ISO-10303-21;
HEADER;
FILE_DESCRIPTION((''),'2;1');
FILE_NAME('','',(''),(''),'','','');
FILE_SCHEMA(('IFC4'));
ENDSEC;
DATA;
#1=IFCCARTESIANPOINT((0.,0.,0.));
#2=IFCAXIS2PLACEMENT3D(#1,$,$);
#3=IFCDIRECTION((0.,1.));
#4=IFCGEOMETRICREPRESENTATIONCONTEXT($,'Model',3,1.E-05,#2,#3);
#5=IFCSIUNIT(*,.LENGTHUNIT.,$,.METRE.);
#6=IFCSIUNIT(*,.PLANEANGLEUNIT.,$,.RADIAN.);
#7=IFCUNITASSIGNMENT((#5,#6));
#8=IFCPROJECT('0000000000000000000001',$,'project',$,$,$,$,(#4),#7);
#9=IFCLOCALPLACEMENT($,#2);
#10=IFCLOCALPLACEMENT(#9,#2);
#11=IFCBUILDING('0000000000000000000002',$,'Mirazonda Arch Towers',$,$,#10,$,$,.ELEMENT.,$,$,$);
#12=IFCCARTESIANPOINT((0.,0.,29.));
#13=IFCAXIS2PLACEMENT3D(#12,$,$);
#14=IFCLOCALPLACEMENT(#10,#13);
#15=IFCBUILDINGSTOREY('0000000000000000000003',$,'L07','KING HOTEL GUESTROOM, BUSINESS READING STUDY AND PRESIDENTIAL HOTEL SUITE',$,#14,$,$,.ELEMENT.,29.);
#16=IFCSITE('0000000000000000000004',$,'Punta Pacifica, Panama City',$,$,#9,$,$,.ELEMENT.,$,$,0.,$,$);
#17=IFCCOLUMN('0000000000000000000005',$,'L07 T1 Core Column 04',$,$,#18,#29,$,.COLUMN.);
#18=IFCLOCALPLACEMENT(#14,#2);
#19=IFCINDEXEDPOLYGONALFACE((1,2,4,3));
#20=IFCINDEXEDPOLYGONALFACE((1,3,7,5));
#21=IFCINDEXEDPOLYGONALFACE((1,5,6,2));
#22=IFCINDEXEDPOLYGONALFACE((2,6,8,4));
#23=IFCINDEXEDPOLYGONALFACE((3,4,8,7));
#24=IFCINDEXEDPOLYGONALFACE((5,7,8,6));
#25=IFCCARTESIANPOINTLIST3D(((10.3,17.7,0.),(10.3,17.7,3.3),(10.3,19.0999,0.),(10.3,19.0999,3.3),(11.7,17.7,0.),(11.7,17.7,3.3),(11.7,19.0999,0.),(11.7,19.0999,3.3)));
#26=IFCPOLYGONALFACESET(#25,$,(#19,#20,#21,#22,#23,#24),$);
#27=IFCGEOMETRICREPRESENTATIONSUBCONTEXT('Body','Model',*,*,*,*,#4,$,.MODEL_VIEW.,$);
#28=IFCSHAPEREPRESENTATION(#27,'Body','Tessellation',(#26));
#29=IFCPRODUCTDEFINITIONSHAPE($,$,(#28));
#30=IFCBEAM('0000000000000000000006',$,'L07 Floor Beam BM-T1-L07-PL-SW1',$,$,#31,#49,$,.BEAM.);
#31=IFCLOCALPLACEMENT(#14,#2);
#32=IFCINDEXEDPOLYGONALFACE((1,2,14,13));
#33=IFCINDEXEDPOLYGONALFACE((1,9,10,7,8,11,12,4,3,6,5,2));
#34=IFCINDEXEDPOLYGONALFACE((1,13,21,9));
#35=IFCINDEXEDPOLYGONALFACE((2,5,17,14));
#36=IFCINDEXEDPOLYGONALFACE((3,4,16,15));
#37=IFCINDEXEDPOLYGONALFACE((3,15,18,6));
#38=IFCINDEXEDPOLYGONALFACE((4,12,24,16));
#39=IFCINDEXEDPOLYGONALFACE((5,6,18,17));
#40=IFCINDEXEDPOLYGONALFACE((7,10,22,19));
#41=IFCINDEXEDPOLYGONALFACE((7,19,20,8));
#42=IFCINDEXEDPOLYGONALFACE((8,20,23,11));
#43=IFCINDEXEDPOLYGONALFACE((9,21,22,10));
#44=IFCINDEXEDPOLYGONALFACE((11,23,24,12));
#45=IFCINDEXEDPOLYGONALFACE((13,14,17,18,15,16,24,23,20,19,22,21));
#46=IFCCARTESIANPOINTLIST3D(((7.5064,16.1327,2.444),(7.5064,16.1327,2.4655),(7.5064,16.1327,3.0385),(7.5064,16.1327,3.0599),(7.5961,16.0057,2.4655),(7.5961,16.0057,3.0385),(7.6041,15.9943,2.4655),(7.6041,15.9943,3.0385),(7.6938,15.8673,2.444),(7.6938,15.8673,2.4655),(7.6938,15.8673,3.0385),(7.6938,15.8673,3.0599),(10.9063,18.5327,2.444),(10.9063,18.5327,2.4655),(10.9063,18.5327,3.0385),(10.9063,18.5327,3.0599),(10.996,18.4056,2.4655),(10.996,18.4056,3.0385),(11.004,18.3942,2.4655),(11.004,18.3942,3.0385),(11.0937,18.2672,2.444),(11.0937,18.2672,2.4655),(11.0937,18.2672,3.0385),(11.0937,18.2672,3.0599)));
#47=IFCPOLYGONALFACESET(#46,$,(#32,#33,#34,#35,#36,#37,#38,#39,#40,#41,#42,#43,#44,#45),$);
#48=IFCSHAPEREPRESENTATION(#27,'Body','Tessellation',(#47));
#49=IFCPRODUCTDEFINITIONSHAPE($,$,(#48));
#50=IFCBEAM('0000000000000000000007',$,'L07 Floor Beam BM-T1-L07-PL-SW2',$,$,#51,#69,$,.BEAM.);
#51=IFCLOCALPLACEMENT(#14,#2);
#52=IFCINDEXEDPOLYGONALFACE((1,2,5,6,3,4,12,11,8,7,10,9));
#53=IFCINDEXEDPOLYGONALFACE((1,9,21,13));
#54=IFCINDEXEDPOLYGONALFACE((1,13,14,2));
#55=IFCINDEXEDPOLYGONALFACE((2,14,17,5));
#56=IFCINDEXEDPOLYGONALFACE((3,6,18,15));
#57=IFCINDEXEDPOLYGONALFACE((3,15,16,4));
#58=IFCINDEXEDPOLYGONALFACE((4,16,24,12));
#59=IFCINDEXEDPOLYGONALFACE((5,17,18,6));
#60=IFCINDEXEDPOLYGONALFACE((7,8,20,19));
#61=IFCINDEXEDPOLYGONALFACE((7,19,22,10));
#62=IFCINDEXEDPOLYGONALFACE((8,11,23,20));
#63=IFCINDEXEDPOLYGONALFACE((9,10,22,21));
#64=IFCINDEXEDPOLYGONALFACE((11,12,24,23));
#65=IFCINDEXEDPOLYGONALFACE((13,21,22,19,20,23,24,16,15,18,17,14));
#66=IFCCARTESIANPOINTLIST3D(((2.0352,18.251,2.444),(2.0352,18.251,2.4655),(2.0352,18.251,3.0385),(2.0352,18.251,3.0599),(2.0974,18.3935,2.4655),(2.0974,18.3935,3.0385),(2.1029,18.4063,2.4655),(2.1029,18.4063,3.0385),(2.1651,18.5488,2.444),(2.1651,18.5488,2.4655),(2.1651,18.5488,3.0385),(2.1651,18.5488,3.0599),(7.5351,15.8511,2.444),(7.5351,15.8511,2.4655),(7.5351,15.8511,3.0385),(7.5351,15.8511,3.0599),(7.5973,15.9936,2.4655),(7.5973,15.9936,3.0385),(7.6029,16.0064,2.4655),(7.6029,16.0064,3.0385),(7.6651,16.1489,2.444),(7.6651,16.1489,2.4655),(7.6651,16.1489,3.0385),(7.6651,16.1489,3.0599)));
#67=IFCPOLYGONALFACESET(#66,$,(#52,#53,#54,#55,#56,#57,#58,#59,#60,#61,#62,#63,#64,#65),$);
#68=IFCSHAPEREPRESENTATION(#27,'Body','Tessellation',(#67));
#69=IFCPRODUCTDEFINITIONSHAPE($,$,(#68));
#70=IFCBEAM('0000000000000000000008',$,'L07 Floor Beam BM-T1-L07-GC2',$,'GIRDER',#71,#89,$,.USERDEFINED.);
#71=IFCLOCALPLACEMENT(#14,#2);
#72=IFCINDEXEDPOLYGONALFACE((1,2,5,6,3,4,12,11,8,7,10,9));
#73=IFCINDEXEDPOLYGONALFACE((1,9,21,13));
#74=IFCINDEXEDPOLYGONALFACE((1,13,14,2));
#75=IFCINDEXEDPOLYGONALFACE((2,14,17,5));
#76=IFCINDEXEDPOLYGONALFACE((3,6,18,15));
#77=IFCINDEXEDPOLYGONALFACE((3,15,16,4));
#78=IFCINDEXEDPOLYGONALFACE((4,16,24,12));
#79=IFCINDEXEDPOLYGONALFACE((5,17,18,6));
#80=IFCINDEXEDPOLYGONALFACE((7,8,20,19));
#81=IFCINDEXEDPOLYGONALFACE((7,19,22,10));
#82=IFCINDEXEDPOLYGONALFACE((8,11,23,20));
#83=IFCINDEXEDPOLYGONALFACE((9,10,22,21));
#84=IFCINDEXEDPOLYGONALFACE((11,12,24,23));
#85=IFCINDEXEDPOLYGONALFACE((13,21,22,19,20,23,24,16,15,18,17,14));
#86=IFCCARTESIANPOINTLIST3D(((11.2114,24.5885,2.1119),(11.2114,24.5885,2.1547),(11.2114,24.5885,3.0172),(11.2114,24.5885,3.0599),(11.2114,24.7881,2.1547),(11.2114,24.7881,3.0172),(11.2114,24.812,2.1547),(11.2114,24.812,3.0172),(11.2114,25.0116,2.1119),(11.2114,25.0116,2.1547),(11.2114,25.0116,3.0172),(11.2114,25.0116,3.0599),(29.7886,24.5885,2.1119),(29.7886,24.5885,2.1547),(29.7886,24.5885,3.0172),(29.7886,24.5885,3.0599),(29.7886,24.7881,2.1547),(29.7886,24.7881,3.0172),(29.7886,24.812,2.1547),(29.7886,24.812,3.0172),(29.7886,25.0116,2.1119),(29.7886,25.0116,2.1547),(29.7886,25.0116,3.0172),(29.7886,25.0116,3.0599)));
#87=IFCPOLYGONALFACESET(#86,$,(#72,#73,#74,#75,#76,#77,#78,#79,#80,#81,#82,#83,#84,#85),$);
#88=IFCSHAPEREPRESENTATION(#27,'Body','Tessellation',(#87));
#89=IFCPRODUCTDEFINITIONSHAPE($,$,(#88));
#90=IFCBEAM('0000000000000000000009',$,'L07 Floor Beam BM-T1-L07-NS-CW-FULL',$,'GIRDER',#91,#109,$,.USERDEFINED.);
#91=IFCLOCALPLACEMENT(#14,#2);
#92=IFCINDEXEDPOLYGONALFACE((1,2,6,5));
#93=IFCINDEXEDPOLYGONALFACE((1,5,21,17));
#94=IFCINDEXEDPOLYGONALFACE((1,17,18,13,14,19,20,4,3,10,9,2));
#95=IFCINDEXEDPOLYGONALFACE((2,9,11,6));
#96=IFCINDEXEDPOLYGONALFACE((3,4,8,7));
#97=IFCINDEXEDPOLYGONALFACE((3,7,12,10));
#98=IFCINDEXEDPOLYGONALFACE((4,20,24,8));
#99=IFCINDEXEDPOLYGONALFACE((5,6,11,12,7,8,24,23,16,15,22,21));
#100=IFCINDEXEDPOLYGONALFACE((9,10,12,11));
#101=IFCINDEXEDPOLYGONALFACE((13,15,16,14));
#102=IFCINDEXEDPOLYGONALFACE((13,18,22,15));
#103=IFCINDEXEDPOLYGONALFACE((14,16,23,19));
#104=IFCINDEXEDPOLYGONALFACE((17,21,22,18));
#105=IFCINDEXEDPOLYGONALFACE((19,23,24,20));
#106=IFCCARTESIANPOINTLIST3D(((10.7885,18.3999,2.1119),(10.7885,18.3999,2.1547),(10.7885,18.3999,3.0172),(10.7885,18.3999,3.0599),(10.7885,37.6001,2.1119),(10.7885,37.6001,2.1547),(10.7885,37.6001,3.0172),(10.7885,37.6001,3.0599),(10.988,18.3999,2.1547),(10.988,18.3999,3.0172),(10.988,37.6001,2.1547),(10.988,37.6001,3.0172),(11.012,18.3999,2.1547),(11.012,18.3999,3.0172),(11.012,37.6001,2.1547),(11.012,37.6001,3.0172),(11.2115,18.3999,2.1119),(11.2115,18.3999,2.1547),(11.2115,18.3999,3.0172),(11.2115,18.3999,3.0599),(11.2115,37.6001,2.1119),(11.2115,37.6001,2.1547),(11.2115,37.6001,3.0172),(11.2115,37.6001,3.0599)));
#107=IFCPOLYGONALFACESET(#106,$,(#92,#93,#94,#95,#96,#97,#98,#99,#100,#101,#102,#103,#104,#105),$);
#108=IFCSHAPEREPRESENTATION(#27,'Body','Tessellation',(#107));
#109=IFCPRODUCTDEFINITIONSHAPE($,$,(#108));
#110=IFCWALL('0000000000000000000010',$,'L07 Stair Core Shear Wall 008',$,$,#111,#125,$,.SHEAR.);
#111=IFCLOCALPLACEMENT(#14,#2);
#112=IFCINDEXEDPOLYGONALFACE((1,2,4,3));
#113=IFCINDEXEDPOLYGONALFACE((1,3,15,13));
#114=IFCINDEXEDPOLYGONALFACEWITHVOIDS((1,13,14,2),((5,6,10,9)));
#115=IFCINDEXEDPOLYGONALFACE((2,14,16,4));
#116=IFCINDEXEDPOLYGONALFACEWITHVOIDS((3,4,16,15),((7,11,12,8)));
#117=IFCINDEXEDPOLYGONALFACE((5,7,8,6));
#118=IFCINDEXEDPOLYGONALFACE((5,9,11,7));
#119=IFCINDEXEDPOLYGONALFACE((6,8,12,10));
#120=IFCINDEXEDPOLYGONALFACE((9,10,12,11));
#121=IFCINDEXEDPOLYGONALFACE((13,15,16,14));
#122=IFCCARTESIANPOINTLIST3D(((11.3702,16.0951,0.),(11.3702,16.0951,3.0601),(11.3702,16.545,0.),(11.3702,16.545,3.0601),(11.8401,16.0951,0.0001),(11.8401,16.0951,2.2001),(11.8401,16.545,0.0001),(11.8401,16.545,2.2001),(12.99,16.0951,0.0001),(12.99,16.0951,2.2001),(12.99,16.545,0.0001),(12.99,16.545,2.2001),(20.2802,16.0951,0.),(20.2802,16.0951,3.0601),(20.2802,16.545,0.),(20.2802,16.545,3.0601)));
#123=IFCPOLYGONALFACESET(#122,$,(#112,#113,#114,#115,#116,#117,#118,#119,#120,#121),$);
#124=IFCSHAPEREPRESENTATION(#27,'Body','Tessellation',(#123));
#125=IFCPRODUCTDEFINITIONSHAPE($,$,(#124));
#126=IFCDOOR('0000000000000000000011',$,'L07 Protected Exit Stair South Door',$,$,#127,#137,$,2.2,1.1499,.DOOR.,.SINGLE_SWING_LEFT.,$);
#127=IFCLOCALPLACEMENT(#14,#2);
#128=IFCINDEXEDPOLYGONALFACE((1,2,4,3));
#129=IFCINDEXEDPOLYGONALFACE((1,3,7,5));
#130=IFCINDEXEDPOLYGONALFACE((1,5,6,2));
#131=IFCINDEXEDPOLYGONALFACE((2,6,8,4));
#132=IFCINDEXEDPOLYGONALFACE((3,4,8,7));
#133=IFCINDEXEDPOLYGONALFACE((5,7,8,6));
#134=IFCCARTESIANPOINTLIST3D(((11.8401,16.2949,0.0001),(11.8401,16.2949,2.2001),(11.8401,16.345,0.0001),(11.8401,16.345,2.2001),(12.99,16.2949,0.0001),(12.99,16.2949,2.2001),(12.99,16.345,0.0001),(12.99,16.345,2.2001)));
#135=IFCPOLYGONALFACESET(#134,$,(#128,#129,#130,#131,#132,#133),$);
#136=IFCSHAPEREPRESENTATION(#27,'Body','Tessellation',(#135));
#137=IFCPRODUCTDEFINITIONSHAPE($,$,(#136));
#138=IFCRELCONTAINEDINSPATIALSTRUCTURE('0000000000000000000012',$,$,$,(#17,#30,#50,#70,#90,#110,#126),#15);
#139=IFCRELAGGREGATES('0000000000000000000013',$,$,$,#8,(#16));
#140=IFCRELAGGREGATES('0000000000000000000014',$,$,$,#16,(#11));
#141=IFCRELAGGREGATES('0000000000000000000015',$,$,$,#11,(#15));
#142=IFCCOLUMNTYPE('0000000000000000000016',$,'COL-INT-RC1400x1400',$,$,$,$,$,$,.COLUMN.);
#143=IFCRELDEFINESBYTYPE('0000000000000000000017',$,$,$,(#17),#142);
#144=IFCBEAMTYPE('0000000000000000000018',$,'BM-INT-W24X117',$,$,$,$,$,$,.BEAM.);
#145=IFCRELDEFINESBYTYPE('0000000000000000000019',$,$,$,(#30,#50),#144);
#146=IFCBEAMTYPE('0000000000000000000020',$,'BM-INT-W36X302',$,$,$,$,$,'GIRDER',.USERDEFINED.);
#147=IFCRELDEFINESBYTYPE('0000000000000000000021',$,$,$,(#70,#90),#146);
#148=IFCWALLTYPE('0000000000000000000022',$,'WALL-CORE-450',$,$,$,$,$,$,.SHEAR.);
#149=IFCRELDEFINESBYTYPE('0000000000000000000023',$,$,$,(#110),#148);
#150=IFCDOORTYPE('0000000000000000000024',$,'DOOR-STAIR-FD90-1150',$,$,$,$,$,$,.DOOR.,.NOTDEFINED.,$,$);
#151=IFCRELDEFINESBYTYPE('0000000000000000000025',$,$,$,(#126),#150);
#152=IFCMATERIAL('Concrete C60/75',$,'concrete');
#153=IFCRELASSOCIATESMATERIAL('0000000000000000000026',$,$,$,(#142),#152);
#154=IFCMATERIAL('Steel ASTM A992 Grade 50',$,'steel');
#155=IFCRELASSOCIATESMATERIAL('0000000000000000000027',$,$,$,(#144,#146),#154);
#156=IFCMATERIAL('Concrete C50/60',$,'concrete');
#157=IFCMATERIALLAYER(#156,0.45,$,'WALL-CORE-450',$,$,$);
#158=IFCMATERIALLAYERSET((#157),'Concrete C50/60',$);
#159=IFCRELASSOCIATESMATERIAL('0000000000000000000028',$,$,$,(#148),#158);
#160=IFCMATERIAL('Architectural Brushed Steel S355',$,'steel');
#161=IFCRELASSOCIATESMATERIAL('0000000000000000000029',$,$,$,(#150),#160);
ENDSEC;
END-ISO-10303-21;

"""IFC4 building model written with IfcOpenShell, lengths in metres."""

from ifc_helpers import new_model, si_unit, direction, frame, frame_2d, origin, origin_2d, place, context, subcontext, project, spatial, rectangle, i_section, extrude, material, layer, layer_set, material_profile, profile_set, type_object, element, fill, save


model = new_model("IFC4")

# Units and contexts
model_context = context("Model", 3, precision=1e-05, world=origin(), true_north=direction((0.0, 1.0)))
body_context = subcontext(model_context, "Body", "Model", "MODEL_VIEW")
ifc_project = project(units=[si_unit("LENGTHUNIT", "METRE"), si_unit("PLANEANGLEUNIT", "RADIAN")], contexts=[model_context])

# Site, building, storey
site_placement = place(None, origin())
site = spatial("IfcSite", under=ifc_project, at=site_placement, Name="Punta Pacifica, Panama City", CompositionType="ELEMENT", RefElevation=0.0)
building_placement = place(site_placement, origin())
building = spatial("IfcBuilding", under=site, at=building_placement, Name="Mirazonda Arch Towers", CompositionType="ELEMENT")
storey_placement = place(building_placement, frame((0.0, 0.0, 29.0)))
storey = spatial("IfcBuildingStorey", under=building, at=storey_placement, Name="L07", Description="KING HOTEL GUESTROOM, BUSINESS READING STUDY AND PRESIDENTIAL HOTEL SUITE", CompositionType="ELEMENT", Elevation=29.0)

# Column
ifc_material_1 = material(Name="Concrete C60/75", Category="concrete")
ifc_material_profile_1 = material_profile(ifc_material_1, rectangle(XDim=1.3999, YDim=1.3999, at=origin_2d()), Name="RC1400x1400")
ifc_profile_set_1 = profile_set([ifc_material_profile_1], Name="Concrete C60/75")
column_type = type_object("IfcColumnType", Name="COL-INT-RC1400x1400", PredefinedType="COLUMN", material=ifc_profile_set_1)
column_placement = place(storey_placement, frame((11.0, 18.3999, 0.0), z_axis=(0.0, 0.0, 1.0), x_axis=(1.0, 0.0, 0.0)))
element("IfcColumn", 1, at=column_placement, inside=storey, type_object=column_type, Name="L07 T1 Core Column 04", PredefinedType="COLUMN", context=body_context, shape_type="SweptSolid", body=[
    extrude(rectangle(XDim=1.3999, YDim=1.3999, at=origin_2d()), origin(), (0.0, 0.0, 1.0), 3.3),
])

# Beams
ifc_material_2 = material(Name="Steel ASTM A992 Grade 50", Category="steel")
ifc_material_profile_2 = material_profile(ifc_material_2, i_section(OverallWidth=0.325, OverallDepth=0.616, WebThickness=0.0139, FlangeThickness=0.0215, at=origin_2d()), Name="W24X117")
ifc_profile_set_2 = profile_set([ifc_material_profile_2], Name="Steel ASTM A992 Grade 50")
beam_type_1 = type_object("IfcBeamType", Name="BM-INT-W24X117", PredefinedType="BEAM", material=ifc_profile_set_2)
beam_1_placement = place(storey_placement, frame((7.6001, 16.0, 2.752), z_axis=(0.816971, 0.576679, 0.0), x_axis=(-0.576679, 0.816971, 0.0)))
element("IfcBeam", 2, at=beam_1_placement, inside=storey, type_object=beam_type_1, Name="L07 Floor Beam BM-T1-L07-PL-SW1", PredefinedType="BEAM", context=body_context, shape_type="SweptSolid", body=[
    extrude(i_section(OverallWidth=0.325, OverallDepth=0.616, WebThickness=0.0139, FlangeThickness=0.0215, at=origin_2d()), origin(), (0.0, 0.0, 1.0), 4.1616),
])
beam_2_placement = place(storey_placement, frame((7.6001, 16.0, 2.752), z_axis=(-0.916545, 0.399931, 0.0), x_axis=(-0.399931, -0.916545, 0.0)))
element("IfcBeam", 3, at=beam_2_placement, inside=storey, type_object=beam_type_1, Name="L07 Floor Beam BM-T1-L07-PL-SW2", PredefinedType="BEAM", context=body_context, shape_type="SweptSolid", body=[
    extrude(i_section(OverallWidth=0.325, OverallDepth=0.616, WebThickness=0.0139, FlangeThickness=0.0215, at=origin_2d()), origin(), (0.0, 0.0, 1.0), 6.0007),
])
ifc_material_profile_3 = material_profile(ifc_material_2, i_section(OverallWidth=0.4231, OverallDepth=0.948, WebThickness=0.0239, FlangeThickness=0.0427, at=origin_2d()), Name="W36X302")
ifc_profile_set_3 = profile_set([ifc_material_profile_3], Name="Steel ASTM A992 Grade 50")
beam_type_2 = type_object("IfcBeamType", Name="BM-INT-W36X302", ElementType="GIRDER", PredefinedType="USERDEFINED", material=ifc_profile_set_3)
beam_3_placement = place(storey_placement, frame((11.2114, 24.8, 2.5859), z_axis=(1.0, 0.0, 0.0), x_axis=(0.0, 1.0, 0.0)))
element("IfcBeam", 4, at=beam_3_placement, inside=storey, type_object=beam_type_2, Name="L07 Floor Beam BM-T1-L07-GC2", ObjectType="GIRDER", PredefinedType="USERDEFINED", context=body_context, shape_type="SweptSolid", body=[
    extrude(i_section(OverallWidth=0.4231, OverallDepth=0.948, WebThickness=0.0239, FlangeThickness=0.0427, at=origin_2d()), origin(), (0.0, 0.0, 1.0), 18.5771),
])
beam_4_placement = place(storey_placement, frame((11.0, 18.3999, 2.5859), z_axis=(0.0, 1.0, 0.0), x_axis=(-1.0, 0.0, 0.0)))
element("IfcBeam", 5, at=beam_4_placement, inside=storey, type_object=beam_type_2, Name="L07 Floor Beam BM-T1-L07-NS-CW-FULL", ObjectType="GIRDER", PredefinedType="USERDEFINED", context=body_context, shape_type="SweptSolid", body=[
    extrude(i_section(OverallWidth=0.4231, OverallDepth=0.948, WebThickness=0.0239, FlangeThickness=0.0427, at=origin_2d()), origin(), (0.0, 0.0, 1.0), 19.2002),
])

# Wall, opening, door
ifc_material_3 = material(Name="Concrete C50/60", Category="concrete")
ifc_layer_1 = layer(ifc_material_3, 0.45, Name="WALL-CORE-450")
ifc_layer_set_1 = layer_set([ifc_layer_1], Name="Concrete C50/60")
wall_type_1 = type_object("IfcWallType", Name="WALL-CORE-450", PredefinedType="SHEAR", material=ifc_layer_set_1)
wall_1_placement = place(storey_placement, frame((11.3701, 16.3201, 0.0), z_axis=(0.0, 0.0, 1.0), x_axis=(1.0, 0.0, 0.0)))
wall_1 = element("IfcWall", 6, at=wall_1_placement, inside=storey, type_object=wall_type_1, Name="L07 Stair Core Shear Wall 008", PredefinedType="SHEAR", context=body_context, shape_type="SweptSolid", body=[
    extrude(rectangle(XDim=8.9099, YDim=0.45, at=frame_2d((4.4551, 0.0))), origin(), (0.0, 0.0, 1.0), 3.0601),
])
opening_1_placement = place(wall_1_placement, frame((0.47, 0.0, 0.0)))
opening_1 = element("IfcOpeningElement", 7, at=opening_1_placement, cuts=wall_1, PredefinedType="OPENING", context=body_context, shape_type="SweptSolid", body=[
    extrude(rectangle(XDim=1.1499, YDim=2.2, at=frame_2d((0.575, 1.1001))), frame((0.0, 0.2349, 0.0), z_axis=(0.0, -1.0, 0.0), x_axis=(1.0, 0.0, 0.0)), (0.0, 0.0, 1.0), 0.47),
])
ifc_material_4 = material(Name="Architectural Brushed Steel S355", Category="steel")
door_type_1 = type_object("IfcDoorType", Name="DOOR-STAIR-FD90-1150", OperationType="NOTDEFINED", PredefinedType="DOOR", material=ifc_material_4)
door_1_placement = place(opening_1_placement, origin())
door_1 = element("IfcDoor", 8, at=door_1_placement, inside=storey, type_object=door_type_1, Name="L07 Protected Exit Stair South Door", OperationType="SINGLE_SWING_LEFT", OverallHeight=2.2, OverallWidth=1.1499, PredefinedType="DOOR", context=body_context, shape_type="SweptSolid", body=[
    extrude(rectangle(XDim=1.1499, YDim=2.2, at=frame_2d((0.575, 1.1001))), frame((0.0, 0.0249, 0.0), z_axis=(0.0, -1.0, 0.0), x_axis=(1.0, 0.0, 0.0)), (0.0, 0.0, 1.0), 0.05),
])
fill(opening_1, door_1)

save(model, "model.ifc")
